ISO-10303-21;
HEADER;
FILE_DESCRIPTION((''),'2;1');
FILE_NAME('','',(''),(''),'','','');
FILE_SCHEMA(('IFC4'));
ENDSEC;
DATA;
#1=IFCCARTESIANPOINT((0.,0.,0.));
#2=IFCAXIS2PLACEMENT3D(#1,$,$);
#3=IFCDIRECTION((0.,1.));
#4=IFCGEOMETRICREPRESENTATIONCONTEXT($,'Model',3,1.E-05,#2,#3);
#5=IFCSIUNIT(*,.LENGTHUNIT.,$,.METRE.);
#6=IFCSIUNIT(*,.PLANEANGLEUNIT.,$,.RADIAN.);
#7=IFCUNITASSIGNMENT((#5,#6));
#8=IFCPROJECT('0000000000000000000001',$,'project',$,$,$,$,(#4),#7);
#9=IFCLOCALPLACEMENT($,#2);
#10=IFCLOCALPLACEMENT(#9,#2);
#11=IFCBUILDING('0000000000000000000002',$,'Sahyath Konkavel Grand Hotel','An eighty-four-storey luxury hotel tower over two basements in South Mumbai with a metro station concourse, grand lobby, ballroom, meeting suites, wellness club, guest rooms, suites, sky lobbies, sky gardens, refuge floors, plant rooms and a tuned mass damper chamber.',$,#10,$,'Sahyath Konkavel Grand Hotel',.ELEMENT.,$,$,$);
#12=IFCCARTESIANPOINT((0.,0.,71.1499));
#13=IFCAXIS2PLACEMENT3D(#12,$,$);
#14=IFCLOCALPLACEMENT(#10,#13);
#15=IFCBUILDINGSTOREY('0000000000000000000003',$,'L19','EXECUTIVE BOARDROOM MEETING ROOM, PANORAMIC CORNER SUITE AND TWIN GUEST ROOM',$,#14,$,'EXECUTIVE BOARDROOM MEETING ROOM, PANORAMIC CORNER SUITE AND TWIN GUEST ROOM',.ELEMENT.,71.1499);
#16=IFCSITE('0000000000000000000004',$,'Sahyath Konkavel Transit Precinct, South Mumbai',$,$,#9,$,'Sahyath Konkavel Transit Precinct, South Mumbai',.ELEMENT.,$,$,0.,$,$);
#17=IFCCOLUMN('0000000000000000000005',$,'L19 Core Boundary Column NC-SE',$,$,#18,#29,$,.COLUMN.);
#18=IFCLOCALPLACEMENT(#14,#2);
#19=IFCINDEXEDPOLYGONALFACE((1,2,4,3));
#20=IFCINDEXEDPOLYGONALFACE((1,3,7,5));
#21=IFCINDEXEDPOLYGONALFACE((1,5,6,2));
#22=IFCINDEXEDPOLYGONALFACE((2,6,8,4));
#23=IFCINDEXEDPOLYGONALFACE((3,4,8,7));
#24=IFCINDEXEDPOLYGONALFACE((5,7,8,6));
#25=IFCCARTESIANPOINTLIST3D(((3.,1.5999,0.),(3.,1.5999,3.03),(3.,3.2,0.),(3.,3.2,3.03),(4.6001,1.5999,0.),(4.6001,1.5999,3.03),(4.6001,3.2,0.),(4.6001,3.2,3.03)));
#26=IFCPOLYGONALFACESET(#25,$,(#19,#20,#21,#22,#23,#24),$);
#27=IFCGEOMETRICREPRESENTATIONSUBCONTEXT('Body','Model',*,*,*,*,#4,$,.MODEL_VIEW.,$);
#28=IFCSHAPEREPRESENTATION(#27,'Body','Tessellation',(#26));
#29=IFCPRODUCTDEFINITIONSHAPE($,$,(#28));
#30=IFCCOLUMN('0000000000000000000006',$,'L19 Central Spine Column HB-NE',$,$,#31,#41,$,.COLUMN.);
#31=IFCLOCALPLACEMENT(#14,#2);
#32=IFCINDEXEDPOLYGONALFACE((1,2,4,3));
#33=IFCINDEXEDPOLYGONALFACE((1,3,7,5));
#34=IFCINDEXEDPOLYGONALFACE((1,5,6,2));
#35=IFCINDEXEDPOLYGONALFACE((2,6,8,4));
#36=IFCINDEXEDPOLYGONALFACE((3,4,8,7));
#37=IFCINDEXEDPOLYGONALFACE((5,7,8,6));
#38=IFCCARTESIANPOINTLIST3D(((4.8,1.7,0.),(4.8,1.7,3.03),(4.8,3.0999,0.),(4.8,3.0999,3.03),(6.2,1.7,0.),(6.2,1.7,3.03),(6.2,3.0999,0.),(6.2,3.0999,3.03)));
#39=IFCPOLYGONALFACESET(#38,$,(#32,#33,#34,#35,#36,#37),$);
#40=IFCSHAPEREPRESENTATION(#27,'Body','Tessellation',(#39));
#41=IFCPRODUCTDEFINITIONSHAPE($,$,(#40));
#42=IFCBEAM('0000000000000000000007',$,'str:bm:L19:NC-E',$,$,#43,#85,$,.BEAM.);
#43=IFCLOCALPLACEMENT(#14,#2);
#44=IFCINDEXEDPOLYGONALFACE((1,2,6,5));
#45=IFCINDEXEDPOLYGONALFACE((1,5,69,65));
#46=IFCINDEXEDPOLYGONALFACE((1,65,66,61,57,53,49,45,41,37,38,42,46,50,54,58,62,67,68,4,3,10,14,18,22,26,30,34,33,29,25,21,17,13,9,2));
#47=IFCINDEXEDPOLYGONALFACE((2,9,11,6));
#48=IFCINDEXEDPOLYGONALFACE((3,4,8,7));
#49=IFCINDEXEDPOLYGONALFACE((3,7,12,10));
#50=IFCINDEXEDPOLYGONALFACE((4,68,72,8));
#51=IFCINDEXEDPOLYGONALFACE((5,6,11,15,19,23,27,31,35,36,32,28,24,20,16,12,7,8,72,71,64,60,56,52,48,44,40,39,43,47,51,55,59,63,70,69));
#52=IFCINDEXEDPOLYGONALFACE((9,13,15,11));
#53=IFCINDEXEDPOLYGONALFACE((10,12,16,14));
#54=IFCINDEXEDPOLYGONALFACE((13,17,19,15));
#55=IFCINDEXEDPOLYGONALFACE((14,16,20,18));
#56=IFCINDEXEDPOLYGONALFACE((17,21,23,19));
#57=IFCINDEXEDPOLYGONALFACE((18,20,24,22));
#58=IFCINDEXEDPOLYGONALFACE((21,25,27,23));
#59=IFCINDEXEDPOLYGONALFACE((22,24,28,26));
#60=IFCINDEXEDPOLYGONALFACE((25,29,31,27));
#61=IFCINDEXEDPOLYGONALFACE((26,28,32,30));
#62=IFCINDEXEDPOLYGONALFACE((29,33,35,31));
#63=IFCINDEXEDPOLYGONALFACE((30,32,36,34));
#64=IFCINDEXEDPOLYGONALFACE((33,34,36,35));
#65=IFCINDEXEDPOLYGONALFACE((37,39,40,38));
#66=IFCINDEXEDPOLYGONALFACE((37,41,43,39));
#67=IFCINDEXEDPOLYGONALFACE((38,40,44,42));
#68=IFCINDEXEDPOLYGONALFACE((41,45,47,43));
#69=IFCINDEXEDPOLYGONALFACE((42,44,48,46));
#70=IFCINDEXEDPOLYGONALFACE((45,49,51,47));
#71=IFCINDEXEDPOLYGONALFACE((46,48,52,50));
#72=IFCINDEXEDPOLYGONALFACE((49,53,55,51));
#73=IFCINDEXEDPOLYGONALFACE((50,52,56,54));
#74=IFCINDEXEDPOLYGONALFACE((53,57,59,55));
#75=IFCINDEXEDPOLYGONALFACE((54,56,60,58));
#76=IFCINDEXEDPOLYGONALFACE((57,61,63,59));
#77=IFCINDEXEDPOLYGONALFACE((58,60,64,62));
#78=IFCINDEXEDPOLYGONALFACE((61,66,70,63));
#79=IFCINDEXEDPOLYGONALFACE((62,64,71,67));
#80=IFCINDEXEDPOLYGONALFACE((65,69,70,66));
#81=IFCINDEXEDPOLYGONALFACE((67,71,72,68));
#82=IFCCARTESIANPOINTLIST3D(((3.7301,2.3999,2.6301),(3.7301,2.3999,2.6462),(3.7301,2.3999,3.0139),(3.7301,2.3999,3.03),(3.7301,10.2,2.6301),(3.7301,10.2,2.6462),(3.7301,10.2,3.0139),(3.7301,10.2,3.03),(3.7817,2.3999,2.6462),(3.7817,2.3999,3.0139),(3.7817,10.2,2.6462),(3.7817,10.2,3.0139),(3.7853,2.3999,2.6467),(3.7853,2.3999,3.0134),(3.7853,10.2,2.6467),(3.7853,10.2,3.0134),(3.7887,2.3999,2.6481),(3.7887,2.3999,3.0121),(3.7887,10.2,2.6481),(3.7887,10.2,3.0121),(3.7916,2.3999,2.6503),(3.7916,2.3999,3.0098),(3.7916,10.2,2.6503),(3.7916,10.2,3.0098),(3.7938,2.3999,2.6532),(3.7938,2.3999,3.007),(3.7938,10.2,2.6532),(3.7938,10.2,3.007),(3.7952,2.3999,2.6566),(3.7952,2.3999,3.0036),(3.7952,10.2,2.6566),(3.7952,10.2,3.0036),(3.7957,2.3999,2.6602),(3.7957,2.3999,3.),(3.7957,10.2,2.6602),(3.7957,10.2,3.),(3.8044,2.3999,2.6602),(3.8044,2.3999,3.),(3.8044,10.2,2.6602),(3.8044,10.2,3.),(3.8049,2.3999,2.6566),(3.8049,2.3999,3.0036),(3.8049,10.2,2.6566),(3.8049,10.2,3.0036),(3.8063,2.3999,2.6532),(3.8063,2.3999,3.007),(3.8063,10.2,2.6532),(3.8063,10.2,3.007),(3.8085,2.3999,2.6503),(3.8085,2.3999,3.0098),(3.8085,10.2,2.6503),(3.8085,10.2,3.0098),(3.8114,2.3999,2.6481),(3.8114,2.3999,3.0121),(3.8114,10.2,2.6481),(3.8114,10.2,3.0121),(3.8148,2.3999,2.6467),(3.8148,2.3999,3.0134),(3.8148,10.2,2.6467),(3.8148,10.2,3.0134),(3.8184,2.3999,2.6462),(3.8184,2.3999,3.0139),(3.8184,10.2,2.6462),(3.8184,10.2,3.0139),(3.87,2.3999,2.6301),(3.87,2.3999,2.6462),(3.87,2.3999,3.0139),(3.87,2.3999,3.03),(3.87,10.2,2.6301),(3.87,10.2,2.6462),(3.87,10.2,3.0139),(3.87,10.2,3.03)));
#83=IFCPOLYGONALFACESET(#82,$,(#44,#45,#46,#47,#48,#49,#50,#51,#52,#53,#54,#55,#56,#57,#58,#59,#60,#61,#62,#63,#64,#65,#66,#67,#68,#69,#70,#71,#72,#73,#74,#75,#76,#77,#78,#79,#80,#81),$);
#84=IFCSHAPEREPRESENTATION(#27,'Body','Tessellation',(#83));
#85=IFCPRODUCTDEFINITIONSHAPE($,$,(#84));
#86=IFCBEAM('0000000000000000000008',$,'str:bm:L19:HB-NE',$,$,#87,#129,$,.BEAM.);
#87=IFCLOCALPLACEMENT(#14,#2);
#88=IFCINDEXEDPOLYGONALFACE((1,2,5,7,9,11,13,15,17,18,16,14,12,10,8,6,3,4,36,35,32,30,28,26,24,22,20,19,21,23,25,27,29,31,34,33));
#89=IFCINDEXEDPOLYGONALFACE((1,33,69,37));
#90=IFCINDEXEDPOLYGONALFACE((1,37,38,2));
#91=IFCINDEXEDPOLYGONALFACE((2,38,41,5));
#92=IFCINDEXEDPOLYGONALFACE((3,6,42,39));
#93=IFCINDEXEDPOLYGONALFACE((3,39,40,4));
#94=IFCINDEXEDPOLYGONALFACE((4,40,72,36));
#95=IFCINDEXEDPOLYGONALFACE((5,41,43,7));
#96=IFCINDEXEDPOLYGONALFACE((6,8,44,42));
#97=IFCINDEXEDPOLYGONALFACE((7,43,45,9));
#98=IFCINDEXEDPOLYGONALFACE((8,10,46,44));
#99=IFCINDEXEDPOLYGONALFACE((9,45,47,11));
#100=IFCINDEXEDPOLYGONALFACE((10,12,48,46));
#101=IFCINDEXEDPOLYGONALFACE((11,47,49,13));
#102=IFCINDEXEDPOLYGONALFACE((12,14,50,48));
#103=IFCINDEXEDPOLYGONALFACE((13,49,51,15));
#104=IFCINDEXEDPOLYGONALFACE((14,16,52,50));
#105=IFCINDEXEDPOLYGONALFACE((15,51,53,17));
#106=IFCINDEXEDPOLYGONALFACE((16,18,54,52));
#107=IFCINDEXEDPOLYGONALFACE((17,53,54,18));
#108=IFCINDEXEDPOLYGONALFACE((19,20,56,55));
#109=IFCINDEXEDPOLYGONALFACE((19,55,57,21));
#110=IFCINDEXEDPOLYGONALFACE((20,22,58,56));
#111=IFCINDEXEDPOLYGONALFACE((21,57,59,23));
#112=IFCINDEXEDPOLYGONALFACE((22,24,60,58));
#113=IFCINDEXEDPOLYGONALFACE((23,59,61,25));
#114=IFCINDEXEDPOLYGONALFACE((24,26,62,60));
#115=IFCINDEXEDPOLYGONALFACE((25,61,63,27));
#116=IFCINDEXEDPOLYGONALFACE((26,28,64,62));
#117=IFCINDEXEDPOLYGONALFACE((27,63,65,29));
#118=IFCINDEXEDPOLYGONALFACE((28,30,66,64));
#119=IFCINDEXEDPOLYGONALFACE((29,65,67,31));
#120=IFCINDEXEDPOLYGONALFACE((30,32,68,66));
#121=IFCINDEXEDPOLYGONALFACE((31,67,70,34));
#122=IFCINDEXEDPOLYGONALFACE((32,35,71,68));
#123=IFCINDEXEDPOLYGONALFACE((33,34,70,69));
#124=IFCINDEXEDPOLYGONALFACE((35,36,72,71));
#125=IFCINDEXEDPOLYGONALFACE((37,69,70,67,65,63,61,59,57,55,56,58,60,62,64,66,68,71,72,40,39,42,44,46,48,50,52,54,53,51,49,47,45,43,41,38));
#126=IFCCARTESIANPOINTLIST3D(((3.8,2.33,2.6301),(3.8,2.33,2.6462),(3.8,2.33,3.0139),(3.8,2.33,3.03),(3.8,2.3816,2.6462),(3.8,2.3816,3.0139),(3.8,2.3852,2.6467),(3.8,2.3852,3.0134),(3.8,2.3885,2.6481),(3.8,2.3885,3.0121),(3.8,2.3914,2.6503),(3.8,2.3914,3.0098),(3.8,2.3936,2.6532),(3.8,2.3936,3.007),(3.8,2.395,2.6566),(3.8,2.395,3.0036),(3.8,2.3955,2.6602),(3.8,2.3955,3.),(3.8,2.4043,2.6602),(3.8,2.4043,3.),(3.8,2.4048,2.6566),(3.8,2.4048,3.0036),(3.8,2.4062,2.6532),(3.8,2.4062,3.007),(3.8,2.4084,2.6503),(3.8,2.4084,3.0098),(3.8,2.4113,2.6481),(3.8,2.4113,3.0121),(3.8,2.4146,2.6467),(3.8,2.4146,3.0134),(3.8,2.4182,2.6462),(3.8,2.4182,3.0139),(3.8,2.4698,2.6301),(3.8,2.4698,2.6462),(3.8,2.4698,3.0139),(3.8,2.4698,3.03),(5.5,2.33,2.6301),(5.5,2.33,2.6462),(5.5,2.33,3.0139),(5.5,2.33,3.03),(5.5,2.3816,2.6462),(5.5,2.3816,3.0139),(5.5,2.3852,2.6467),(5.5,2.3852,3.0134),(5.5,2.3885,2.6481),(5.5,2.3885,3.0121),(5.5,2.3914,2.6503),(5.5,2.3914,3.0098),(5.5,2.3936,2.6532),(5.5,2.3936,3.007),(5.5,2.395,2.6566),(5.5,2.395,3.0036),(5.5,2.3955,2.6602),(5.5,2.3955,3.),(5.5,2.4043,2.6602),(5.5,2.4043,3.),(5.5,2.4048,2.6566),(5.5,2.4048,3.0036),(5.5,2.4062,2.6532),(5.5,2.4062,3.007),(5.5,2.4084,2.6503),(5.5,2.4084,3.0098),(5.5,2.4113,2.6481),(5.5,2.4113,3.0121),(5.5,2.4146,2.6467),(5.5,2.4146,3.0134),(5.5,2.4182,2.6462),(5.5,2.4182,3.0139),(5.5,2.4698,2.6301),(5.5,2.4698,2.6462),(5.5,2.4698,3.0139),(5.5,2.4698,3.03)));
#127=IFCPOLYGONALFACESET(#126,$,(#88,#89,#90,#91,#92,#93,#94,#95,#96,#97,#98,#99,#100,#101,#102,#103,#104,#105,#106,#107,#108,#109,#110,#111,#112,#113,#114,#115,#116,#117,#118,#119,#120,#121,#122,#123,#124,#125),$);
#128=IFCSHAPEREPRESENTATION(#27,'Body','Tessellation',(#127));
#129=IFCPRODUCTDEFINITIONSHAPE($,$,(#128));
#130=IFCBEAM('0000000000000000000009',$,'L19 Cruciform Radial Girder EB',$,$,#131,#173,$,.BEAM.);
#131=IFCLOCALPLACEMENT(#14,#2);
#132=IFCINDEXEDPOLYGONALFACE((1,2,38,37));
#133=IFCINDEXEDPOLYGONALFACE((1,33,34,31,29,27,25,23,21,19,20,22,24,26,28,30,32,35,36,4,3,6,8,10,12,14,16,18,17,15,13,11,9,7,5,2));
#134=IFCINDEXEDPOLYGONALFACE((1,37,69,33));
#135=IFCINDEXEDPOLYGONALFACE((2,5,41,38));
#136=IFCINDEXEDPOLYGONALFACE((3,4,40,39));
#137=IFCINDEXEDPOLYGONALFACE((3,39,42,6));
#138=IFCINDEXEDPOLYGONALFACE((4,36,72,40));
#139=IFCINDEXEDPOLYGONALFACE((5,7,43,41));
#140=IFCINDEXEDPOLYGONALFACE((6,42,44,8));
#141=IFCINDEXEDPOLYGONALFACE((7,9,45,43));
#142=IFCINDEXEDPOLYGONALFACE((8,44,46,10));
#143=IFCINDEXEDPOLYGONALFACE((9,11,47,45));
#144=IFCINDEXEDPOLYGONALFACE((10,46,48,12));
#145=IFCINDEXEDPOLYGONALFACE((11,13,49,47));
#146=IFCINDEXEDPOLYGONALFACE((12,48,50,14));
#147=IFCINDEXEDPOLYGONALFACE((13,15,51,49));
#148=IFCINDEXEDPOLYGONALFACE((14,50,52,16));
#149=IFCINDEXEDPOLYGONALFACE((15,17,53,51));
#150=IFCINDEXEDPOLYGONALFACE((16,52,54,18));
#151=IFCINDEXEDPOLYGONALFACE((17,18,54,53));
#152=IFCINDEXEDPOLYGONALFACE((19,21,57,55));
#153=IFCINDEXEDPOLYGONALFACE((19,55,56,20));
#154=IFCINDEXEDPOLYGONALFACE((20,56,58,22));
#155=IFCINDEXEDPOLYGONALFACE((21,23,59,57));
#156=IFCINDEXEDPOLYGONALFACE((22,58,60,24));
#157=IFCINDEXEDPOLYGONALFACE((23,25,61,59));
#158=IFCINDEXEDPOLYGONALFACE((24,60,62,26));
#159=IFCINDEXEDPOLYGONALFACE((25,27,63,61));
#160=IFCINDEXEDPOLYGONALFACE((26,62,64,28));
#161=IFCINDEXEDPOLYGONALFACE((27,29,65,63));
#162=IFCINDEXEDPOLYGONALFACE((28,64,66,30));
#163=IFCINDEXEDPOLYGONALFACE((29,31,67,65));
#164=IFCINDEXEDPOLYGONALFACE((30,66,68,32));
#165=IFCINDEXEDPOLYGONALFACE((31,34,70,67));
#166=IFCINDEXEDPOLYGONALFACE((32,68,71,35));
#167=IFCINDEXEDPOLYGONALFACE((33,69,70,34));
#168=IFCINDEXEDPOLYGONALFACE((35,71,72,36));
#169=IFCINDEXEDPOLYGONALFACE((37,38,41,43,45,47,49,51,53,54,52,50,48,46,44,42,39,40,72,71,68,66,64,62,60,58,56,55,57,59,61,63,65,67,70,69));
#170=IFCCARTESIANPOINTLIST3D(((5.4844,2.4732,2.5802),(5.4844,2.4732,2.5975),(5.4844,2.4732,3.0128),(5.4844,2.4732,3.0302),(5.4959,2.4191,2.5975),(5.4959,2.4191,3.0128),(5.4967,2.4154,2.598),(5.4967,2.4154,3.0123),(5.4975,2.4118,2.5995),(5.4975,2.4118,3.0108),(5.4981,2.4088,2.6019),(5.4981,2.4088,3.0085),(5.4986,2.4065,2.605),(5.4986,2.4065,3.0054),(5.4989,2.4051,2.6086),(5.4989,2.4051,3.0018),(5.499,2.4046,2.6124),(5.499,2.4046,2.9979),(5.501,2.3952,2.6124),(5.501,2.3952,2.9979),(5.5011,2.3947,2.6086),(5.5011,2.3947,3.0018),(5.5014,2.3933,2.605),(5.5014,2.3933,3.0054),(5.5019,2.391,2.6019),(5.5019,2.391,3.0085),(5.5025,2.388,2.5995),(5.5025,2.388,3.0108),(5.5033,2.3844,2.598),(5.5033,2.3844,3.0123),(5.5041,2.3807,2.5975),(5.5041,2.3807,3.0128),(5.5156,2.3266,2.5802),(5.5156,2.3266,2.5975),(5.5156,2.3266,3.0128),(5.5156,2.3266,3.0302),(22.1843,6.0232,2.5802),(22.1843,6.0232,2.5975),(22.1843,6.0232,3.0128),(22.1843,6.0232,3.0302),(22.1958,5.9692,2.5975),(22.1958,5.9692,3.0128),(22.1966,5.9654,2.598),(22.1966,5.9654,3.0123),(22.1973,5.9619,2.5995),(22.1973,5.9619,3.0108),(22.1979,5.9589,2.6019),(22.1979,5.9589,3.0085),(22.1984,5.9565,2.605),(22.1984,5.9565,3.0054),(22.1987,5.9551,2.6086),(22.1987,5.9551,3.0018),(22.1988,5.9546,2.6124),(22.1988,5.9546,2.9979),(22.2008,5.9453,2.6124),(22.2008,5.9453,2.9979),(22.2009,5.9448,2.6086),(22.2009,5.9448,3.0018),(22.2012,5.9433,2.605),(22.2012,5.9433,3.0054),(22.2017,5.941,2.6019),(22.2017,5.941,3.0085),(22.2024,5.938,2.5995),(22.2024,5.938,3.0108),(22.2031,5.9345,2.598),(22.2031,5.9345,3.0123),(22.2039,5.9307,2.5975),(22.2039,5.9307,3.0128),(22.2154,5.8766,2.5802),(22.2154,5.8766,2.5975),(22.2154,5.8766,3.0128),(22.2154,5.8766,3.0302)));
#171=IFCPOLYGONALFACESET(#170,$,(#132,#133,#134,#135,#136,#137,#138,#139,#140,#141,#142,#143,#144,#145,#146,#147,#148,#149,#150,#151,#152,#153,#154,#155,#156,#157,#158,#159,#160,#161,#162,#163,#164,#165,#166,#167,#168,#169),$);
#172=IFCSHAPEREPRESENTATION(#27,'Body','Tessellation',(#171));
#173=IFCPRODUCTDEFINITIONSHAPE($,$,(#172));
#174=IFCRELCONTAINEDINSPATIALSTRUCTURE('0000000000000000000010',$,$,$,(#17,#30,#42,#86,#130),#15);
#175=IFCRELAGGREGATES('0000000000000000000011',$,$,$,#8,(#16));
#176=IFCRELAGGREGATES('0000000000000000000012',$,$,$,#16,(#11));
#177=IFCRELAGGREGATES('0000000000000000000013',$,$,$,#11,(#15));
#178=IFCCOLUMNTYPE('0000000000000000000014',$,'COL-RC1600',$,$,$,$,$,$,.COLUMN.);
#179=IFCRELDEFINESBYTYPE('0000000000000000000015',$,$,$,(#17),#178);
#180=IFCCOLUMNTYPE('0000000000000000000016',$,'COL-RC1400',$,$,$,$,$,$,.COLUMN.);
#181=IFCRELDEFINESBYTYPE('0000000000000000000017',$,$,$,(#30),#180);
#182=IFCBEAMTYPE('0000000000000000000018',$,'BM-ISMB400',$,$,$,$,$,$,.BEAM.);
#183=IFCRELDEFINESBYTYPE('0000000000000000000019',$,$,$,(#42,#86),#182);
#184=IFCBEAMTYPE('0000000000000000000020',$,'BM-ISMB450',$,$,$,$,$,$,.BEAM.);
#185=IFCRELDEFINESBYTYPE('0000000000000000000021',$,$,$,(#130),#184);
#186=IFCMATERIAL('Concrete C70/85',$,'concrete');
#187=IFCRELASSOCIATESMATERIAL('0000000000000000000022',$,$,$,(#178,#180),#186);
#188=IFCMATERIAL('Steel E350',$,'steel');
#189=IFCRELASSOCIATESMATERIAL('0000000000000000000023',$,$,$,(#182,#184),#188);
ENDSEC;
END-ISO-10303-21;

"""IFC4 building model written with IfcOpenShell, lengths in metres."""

from ifc_helpers import new_model, si_unit, direction, frame, origin, origin_2d, place, context, subcontext, project, spatial, rectangle, i_section, extrude, source, transform, mapped, material, material_profile, profile_set, type_object, element, save


model = new_model("IFC4")

# Units and contexts
model_context = context("Model", 3, precision=1e-05, world=origin(), true_north=direction((0.0, 1.0)))
body_context = subcontext(model_context, "Body", "Model", "MODEL_VIEW")
ifc_project = project(units=[si_unit("LENGTHUNIT", "METRE"), si_unit("PLANEANGLEUNIT", "RADIAN")], contexts=[model_context])

# Site, building, storey
site_placement = place(None, origin())
site = spatial("IfcSite", under=ifc_project, at=site_placement, Name="Sahyath Konkavel Transit Precinct, South Mumbai", LongName="Sahyath Konkavel Transit Precinct, South Mumbai", CompositionType="ELEMENT", RefElevation=0.0)
building_placement = place(site_placement, origin())
building = spatial("IfcBuilding", under=site, at=building_placement, Name="Sahyath Konkavel Grand Hotel", Description="An eighty-four-storey luxury hotel tower over two basements in South Mumbai with a metro station concourse, grand lobby, ballroom, meeting suites, wellness club, guest rooms, suites, sky lobbies, sky gardens, refuge floors, plant rooms and a tuned mass damper chamber.", LongName="Sahyath Konkavel Grand Hotel", CompositionType="ELEMENT")
storey_placement = place(building_placement, frame((0.0, 0.0, 71.1499)))
storey = spatial("IfcBuildingStorey", under=building, at=storey_placement, Name="L19", Description="EXECUTIVE BOARDROOM MEETING ROOM, PANORAMIC CORNER SUITE AND TWIN GUEST ROOM", LongName="EXECUTIVE BOARDROOM MEETING ROOM, PANORAMIC CORNER SUITE AND TWIN GUEST ROOM", CompositionType="ELEMENT", Elevation=71.1499)

# Columns
ifc_material_1 = material(Name="Concrete C70/85", Category="concrete")
ifc_material_profile_1 = material_profile(ifc_material_1, rectangle(XDim=1.6001, YDim=1.6001, at=origin_2d()), Name="RC 1600x1600")
ifc_profile_set_1 = profile_set([ifc_material_profile_1], Name="Concrete C70/85")
column_type_1 = type_object("IfcColumnType", Name="COL-RC1600", PredefinedType="COLUMN", material=ifc_profile_set_1)
shared_shape_1 = source(origin(), body_context, "Body", "SweptSolid", [
    extrude(rectangle(XDim=1.6001, YDim=1.6001, at=origin_2d()), origin(), (0.0, 0.0, 1.0), 3.03),
])
column_1_placement = place(storey_placement, frame((3.8, 2.3999, 0.0), z_axis=(0.0, 0.0, 1.0), x_axis=(1.0, 0.0, 0.0)))
element("IfcColumn", 1, at=column_1_placement, inside=storey, type_object=column_type_1, Name="L19 Core Boundary Column NC-SE", PredefinedType="COLUMN", context=body_context, shape_type="MappedRepresentation", body=[
    mapped(shared_shape_1, transform((0.0, 0.0, 0.0), scale=1.0)),
])
ifc_material_profile_2 = material_profile(ifc_material_1, rectangle(XDim=1.3999, YDim=1.3999, at=origin_2d()), Name="RC 1400x1400")
ifc_profile_set_2 = profile_set([ifc_material_profile_2], Name="Concrete C70/85")
column_type_2 = type_object("IfcColumnType", Name="COL-RC1400", PredefinedType="COLUMN", material=ifc_profile_set_2)
shared_shape_2 = source(origin(), body_context, "Body", "SweptSolid", [
    extrude(rectangle(XDim=1.3999, YDim=1.3999, at=origin_2d()), origin(), (0.0, 0.0, 1.0), 3.03),
])
column_2_placement = place(storey_placement, frame((5.5, 2.3999, 0.0), z_axis=(0.0, 0.0, 1.0), x_axis=(1.0, 0.0, 0.0)))
element("IfcColumn", 2, at=column_2_placement, inside=storey, type_object=column_type_2, Name="L19 Central Spine Column HB-NE", PredefinedType="COLUMN", context=body_context, shape_type="MappedRepresentation", body=[
    mapped(shared_shape_2, transform((0.0, 0.0, 0.0), scale=1.0)),
])

# Beams
ifc_material_2 = material(Name="Steel E350", Category="steel")
ifc_material_profile_3 = material_profile(ifc_material_2, i_section(OverallWidth=0.1399, OverallDepth=0.3999, WebThickness=0.0088, FlangeThickness=0.0161, FilletRadius=0.0139, at=origin_2d()), Name="ISMB 400")
ifc_profile_set_3 = profile_set([ifc_material_profile_3], Name="Steel E350")
beam_type_1 = type_object("IfcBeamType", Name="BM-ISMB400", PredefinedType="BEAM", material=ifc_profile_set_3)
shared_shape_3 = source(origin(), body_context, "Body", "SweptSolid", [
    extrude(i_section(OverallWidth=0.1399, OverallDepth=0.3999, WebThickness=0.0088, FlangeThickness=0.0161, FilletRadius=0.0139, at=origin_2d()), origin(), (0.0, 0.0, 1.0), 7.8),
])
beam_1_placement = place(storey_placement, frame((3.8, 2.3999, 2.8301), z_axis=(0.0, 1.0, 0.0), x_axis=(-1.0, 0.0, 0.0)))
element("IfcBeam", 3, at=beam_1_placement, inside=storey, type_object=beam_type_1, Name="str:bm:L19:NC-E", PredefinedType="BEAM", context=body_context, shape_type="MappedRepresentation", body=[
    mapped(shared_shape_3, transform((0.0, 0.0, 0.0), scale=1.0)),
])
shared_shape_4 = source(origin(), body_context, "Body", "SweptSolid", [
    extrude(i_section(OverallWidth=0.1399, OverallDepth=0.3999, WebThickness=0.0088, FlangeThickness=0.0161, FilletRadius=0.0139, at=origin_2d()), origin(), (0.0, 0.0, 1.0), 1.7),
])
beam_2_placement = place(storey_placement, frame((3.8, 2.3999, 2.8301), z_axis=(1.0, 0.0, 0.0), x_axis=(0.0, 1.0, 0.0)))
element("IfcBeam", 4, at=beam_2_placement, inside=storey, type_object=beam_type_1, Name="str:bm:L19:HB-NE", PredefinedType="BEAM", context=body_context, shape_type="MappedRepresentation", body=[
    mapped(shared_shape_4, transform((0.0, 0.0, 0.0), scale=1.0)),
])
ifc_material_profile_4 = material_profile(ifc_material_2, i_section(OverallWidth=0.1499, OverallDepth=0.45, WebThickness=0.0095, FlangeThickness=0.0173, FilletRadius=0.0149, at=origin_2d()), Name="ISMB 450")
ifc_profile_set_4 = profile_set([ifc_material_profile_4], Name="Steel E350")
beam_type_2 = type_object("IfcBeamType", Name="BM-ISMB450", PredefinedType="BEAM", material=ifc_profile_set_4)
shared_shape_5 = source(origin(), body_context, "Body", "SweptSolid", [
    extrude(i_section(OverallWidth=0.1499, OverallDepth=0.45, WebThickness=0.0095, FlangeThickness=0.0173, FilletRadius=0.0149, at=origin_2d()), origin(), (0.0, 0.0, 1.0), 17.073),
])
beam_3_placement = place(storey_placement, frame((5.5, 2.3999, 2.8052), z_axis=(0.978143, 0.207932, 0.0), x_axis=(-0.207932, 0.978143, 0.0)))
element("IfcBeam", 5, at=beam_3_placement, inside=storey, type_object=beam_type_2, Name="L19 Cruciform Radial Girder EB", PredefinedType="BEAM", context=body_context, shape_type="MappedRepresentation", body=[
    mapped(shared_shape_5, transform((0.0, 0.0, 0.0), scale=1.0)),
])

save(model, "model.ifc")
